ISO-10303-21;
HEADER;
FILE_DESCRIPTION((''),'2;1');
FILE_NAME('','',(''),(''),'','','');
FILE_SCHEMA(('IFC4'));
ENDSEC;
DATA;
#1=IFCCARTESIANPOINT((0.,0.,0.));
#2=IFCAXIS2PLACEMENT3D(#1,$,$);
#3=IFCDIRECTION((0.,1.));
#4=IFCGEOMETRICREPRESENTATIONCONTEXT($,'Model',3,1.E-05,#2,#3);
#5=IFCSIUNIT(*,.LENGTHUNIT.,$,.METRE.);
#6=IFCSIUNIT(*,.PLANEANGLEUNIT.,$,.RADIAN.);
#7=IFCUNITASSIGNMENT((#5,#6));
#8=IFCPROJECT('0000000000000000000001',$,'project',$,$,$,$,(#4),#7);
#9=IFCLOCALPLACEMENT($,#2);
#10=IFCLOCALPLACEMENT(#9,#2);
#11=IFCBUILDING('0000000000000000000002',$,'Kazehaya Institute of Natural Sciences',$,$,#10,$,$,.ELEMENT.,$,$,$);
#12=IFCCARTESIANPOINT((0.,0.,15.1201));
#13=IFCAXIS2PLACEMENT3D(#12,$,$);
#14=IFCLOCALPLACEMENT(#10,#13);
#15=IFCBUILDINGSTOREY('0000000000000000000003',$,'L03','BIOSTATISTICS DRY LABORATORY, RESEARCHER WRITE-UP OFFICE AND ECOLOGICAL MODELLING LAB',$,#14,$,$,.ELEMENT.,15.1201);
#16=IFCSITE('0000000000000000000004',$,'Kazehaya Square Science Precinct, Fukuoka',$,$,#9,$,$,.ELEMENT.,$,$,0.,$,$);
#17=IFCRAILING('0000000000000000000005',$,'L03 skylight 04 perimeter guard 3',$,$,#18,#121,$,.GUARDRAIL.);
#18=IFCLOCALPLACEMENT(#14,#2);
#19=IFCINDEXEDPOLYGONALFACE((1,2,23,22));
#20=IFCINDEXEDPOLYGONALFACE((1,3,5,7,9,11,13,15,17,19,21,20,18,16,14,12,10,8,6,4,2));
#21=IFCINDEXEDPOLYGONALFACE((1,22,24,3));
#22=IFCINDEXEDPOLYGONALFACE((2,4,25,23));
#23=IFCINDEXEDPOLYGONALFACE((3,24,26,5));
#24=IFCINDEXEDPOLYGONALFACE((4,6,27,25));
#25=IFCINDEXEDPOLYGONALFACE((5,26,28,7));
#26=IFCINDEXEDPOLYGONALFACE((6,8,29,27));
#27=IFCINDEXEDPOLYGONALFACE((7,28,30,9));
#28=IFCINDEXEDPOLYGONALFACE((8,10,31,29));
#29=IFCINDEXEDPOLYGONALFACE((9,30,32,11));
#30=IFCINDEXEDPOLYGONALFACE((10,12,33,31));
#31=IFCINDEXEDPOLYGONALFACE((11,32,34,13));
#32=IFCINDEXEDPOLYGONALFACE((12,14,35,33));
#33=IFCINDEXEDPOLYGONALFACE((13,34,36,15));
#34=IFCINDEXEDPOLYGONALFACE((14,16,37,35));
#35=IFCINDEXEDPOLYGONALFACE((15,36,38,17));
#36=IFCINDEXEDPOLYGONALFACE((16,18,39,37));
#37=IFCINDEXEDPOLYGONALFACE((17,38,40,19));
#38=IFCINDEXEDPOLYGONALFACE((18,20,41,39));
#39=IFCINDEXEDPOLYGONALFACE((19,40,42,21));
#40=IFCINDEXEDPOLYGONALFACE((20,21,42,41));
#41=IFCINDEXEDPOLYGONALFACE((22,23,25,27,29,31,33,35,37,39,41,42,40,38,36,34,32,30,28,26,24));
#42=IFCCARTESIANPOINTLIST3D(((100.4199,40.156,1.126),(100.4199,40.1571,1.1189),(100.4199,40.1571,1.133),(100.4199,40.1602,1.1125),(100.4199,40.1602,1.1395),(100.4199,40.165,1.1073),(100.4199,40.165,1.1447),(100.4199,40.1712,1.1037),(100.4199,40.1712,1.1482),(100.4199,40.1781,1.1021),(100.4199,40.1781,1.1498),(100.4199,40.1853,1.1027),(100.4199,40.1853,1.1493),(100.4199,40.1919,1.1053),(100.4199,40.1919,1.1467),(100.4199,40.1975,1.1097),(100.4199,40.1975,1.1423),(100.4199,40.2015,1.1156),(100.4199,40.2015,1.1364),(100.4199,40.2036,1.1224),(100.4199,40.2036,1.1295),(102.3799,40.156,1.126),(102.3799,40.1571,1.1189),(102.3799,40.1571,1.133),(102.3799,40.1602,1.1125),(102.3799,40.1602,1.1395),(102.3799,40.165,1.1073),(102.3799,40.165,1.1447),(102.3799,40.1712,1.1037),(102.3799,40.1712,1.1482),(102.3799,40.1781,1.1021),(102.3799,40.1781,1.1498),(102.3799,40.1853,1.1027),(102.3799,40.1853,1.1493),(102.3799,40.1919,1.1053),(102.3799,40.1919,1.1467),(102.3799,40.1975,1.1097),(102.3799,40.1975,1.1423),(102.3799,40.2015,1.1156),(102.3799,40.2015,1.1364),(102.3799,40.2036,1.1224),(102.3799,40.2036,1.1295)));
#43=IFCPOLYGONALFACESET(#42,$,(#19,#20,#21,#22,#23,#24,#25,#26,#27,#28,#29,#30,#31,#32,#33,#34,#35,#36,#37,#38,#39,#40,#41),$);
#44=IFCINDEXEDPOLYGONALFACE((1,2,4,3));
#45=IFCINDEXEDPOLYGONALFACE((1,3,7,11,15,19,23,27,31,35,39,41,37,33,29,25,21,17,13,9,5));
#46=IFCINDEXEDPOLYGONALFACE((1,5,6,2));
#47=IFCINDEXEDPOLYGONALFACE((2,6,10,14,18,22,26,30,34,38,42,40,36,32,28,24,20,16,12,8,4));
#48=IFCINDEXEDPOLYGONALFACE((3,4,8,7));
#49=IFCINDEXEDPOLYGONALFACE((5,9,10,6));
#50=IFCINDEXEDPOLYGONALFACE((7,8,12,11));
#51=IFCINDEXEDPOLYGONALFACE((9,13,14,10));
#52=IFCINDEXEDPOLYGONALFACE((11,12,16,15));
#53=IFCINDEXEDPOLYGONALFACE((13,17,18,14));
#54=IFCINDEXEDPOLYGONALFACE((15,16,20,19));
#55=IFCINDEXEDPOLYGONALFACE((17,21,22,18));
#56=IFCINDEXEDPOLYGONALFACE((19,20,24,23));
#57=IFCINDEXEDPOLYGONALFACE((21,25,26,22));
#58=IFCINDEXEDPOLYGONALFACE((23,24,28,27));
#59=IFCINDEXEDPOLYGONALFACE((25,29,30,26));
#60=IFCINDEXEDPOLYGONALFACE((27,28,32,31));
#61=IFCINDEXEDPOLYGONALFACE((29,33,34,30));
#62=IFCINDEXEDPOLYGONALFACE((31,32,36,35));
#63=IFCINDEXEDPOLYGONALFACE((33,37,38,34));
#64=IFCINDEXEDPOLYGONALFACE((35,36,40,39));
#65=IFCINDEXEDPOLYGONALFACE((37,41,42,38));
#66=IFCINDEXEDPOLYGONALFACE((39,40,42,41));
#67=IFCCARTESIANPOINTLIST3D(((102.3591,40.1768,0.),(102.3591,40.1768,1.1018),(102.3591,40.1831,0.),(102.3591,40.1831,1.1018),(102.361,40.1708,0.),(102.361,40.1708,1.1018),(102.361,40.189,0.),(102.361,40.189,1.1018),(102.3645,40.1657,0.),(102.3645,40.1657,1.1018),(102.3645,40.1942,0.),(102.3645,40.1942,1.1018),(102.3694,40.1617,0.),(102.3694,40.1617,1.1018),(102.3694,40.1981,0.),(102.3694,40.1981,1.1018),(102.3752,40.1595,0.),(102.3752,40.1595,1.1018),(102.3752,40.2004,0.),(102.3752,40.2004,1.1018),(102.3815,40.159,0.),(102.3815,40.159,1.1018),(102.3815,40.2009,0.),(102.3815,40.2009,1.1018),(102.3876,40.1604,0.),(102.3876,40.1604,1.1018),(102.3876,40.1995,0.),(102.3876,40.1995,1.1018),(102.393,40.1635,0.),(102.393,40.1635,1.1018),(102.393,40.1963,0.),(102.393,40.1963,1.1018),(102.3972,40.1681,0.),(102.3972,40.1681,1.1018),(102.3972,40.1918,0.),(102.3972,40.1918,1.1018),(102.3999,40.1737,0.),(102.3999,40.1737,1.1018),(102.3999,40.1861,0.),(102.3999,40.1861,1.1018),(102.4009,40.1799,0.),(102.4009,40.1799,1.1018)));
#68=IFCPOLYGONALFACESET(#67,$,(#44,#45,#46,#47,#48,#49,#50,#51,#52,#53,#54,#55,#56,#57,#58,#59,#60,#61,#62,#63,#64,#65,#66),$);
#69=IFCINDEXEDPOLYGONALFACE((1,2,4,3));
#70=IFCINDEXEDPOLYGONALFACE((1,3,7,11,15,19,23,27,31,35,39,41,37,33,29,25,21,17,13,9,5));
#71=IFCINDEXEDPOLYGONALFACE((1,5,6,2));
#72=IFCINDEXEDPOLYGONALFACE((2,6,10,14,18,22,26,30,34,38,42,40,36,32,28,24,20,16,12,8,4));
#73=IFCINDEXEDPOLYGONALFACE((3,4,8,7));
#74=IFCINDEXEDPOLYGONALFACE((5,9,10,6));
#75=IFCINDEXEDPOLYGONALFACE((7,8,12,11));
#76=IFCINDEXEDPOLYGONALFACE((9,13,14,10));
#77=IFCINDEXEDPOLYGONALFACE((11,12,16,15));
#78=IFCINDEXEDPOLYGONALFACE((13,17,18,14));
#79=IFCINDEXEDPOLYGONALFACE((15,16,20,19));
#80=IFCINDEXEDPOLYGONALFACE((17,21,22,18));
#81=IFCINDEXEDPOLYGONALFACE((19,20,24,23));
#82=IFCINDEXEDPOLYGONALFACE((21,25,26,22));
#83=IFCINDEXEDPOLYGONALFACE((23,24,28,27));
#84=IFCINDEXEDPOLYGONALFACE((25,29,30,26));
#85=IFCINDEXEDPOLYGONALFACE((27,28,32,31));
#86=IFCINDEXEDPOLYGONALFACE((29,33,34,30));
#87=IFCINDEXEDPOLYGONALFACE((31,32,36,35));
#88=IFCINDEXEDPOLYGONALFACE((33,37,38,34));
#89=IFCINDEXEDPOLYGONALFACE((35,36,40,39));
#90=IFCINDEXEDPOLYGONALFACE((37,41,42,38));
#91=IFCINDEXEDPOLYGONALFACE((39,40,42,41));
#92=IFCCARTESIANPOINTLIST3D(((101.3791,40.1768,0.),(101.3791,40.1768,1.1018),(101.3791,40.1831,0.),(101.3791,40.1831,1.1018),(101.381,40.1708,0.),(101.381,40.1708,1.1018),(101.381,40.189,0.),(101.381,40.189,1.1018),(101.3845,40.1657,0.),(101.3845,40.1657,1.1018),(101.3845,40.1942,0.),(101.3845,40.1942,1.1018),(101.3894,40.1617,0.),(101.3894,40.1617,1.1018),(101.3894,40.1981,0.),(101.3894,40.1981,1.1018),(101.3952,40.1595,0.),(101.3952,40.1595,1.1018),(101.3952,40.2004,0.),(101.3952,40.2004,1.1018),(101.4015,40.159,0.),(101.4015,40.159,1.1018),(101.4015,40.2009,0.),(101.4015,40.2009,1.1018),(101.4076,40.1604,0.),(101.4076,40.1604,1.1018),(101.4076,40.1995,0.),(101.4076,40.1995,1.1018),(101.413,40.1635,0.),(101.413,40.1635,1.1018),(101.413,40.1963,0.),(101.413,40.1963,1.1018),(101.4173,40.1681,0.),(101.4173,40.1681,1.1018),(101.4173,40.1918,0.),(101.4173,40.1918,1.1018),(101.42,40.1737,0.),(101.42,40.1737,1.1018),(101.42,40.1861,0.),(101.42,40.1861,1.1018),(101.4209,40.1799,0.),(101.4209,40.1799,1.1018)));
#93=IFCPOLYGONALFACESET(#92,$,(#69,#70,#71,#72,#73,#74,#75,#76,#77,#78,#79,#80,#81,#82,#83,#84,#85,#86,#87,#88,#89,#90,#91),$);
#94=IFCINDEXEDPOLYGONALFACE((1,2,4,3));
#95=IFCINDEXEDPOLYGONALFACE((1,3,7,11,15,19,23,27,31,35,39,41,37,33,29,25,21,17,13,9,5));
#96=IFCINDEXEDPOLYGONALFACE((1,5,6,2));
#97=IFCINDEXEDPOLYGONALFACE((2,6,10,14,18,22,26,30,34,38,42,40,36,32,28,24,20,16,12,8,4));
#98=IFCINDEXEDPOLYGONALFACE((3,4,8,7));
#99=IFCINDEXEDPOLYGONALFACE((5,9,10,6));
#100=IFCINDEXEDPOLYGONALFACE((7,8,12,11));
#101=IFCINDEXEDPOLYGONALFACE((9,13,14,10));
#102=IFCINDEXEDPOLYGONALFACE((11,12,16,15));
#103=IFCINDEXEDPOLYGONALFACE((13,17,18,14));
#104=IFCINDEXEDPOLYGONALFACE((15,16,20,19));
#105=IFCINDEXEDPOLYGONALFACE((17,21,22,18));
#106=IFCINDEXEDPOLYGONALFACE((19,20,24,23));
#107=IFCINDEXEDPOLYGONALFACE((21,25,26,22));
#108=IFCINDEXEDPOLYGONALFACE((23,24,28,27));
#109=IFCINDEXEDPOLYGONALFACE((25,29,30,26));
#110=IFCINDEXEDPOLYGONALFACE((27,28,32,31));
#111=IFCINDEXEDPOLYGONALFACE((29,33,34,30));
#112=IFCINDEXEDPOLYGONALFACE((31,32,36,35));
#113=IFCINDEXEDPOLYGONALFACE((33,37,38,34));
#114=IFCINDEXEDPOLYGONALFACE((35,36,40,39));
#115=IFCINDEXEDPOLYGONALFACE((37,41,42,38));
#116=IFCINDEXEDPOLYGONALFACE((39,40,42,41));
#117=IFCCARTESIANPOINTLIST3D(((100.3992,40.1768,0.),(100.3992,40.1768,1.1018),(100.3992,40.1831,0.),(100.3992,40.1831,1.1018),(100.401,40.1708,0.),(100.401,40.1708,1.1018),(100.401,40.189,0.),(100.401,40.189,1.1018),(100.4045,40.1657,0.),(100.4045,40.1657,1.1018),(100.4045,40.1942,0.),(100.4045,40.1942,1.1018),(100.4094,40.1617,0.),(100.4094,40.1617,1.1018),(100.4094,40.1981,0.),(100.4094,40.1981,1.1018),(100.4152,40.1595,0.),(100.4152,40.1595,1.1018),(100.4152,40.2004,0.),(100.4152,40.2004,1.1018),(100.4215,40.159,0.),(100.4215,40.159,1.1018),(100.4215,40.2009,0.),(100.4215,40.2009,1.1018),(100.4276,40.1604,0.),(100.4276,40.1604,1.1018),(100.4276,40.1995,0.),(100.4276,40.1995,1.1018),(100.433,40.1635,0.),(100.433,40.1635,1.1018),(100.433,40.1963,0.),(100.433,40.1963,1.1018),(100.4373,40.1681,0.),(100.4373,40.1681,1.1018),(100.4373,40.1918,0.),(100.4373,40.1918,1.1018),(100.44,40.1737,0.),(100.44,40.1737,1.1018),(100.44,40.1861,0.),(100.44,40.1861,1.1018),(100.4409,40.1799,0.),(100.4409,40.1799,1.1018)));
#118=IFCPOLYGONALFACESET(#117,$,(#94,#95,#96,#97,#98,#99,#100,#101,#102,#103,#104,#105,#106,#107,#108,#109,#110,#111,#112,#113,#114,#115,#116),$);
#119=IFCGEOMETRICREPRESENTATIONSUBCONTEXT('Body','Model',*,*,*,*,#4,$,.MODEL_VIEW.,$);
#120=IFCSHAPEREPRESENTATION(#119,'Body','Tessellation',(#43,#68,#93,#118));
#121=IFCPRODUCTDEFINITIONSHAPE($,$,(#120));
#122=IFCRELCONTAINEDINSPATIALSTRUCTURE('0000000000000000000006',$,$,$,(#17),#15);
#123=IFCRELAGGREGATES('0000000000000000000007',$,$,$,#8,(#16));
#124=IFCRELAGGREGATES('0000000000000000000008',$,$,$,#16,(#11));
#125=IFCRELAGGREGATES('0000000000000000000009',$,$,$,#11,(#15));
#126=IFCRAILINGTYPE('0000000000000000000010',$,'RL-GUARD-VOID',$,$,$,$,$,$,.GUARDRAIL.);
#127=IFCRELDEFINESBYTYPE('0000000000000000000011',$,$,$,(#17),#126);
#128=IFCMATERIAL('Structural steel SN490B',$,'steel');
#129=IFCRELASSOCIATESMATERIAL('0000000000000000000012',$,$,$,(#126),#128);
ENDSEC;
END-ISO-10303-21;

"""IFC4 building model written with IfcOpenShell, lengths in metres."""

from ifc_helpers import new_model, si_unit, direction, frame, origin, origin_2d, place, context, subcontext, project, spatial, circle, extrude, material, type_object, element, save


model = new_model("IFC4")

# Units and contexts
model_context = context("Model", 3, precision=1e-05, world=origin(), true_north=direction((0.0, 1.0)))
body_context = subcontext(model_context, "Body", "Model", "MODEL_VIEW")
ifc_project = project(units=[si_unit("LENGTHUNIT", "METRE"), si_unit("PLANEANGLEUNIT", "RADIAN")], contexts=[model_context])

# Site, building, storey
site_placement = place(None, origin())
site = spatial("IfcSite", under=ifc_project, at=site_placement, Name="Kazehaya Square Science Precinct, Fukuoka", CompositionType="ELEMENT", RefElevation=0.0)
building_placement = place(site_placement, origin())
building = spatial("IfcBuilding", under=site, at=building_placement, Name="Kazehaya Institute of Natural Sciences", CompositionType="ELEMENT")
storey_placement = place(building_placement, frame((0.0, 0.0, 15.1201)))
storey = spatial("IfcBuildingStorey", under=building, at=storey_placement, Name="L03", Description="BIOSTATISTICS DRY LABORATORY, RESEARCHER WRITE-UP OFFICE AND ECOLOGICAL MODELLING LAB", CompositionType="ELEMENT", Elevation=15.1201)

# Railing
ifc_material_1 = material(Name="Structural steel SN490B", Category="steel")
railing_type = type_object("IfcRailingType", Name="RL-GUARD-VOID", PredefinedType="GUARDRAIL", material=ifc_material_1)
railing_1_placement = place(storey_placement, frame((102.3799, 40.1799, 0.0)))
element("IfcRailing", 1, at=railing_1_placement, inside=storey, type_object=railing_type, Name="L03 skylight 04 perimeter guard 3", PredefinedType="GUARDRAIL", context=body_context, shape_type="SweptSolid", body=[
    extrude(circle(Radius=0.0239, at=origin_2d()), frame((0.0, 0.0, 1.126), z_axis=(-1.0, 0.0, 0.0), x_axis=(0.0, -1.0, 0.0)), (0.0, 0.0, 1.0), 1.96),
    extrude(circle(Radius=0.021, at=origin_2d()), origin(), (0.0, 0.0, 1.0), 1.1018),
    extrude(circle(Radius=0.021, at=origin_2d()), frame((-0.98, 0.0, 0.0)), (0.0, 0.0, 1.0), 1.1018),
    extrude(circle(Radius=0.021, at=origin_2d()), frame((-1.96, 0.0, 0.0)), (0.0, 0.0, 1.0), 1.1018),
])

save(model, "model.ifc")
